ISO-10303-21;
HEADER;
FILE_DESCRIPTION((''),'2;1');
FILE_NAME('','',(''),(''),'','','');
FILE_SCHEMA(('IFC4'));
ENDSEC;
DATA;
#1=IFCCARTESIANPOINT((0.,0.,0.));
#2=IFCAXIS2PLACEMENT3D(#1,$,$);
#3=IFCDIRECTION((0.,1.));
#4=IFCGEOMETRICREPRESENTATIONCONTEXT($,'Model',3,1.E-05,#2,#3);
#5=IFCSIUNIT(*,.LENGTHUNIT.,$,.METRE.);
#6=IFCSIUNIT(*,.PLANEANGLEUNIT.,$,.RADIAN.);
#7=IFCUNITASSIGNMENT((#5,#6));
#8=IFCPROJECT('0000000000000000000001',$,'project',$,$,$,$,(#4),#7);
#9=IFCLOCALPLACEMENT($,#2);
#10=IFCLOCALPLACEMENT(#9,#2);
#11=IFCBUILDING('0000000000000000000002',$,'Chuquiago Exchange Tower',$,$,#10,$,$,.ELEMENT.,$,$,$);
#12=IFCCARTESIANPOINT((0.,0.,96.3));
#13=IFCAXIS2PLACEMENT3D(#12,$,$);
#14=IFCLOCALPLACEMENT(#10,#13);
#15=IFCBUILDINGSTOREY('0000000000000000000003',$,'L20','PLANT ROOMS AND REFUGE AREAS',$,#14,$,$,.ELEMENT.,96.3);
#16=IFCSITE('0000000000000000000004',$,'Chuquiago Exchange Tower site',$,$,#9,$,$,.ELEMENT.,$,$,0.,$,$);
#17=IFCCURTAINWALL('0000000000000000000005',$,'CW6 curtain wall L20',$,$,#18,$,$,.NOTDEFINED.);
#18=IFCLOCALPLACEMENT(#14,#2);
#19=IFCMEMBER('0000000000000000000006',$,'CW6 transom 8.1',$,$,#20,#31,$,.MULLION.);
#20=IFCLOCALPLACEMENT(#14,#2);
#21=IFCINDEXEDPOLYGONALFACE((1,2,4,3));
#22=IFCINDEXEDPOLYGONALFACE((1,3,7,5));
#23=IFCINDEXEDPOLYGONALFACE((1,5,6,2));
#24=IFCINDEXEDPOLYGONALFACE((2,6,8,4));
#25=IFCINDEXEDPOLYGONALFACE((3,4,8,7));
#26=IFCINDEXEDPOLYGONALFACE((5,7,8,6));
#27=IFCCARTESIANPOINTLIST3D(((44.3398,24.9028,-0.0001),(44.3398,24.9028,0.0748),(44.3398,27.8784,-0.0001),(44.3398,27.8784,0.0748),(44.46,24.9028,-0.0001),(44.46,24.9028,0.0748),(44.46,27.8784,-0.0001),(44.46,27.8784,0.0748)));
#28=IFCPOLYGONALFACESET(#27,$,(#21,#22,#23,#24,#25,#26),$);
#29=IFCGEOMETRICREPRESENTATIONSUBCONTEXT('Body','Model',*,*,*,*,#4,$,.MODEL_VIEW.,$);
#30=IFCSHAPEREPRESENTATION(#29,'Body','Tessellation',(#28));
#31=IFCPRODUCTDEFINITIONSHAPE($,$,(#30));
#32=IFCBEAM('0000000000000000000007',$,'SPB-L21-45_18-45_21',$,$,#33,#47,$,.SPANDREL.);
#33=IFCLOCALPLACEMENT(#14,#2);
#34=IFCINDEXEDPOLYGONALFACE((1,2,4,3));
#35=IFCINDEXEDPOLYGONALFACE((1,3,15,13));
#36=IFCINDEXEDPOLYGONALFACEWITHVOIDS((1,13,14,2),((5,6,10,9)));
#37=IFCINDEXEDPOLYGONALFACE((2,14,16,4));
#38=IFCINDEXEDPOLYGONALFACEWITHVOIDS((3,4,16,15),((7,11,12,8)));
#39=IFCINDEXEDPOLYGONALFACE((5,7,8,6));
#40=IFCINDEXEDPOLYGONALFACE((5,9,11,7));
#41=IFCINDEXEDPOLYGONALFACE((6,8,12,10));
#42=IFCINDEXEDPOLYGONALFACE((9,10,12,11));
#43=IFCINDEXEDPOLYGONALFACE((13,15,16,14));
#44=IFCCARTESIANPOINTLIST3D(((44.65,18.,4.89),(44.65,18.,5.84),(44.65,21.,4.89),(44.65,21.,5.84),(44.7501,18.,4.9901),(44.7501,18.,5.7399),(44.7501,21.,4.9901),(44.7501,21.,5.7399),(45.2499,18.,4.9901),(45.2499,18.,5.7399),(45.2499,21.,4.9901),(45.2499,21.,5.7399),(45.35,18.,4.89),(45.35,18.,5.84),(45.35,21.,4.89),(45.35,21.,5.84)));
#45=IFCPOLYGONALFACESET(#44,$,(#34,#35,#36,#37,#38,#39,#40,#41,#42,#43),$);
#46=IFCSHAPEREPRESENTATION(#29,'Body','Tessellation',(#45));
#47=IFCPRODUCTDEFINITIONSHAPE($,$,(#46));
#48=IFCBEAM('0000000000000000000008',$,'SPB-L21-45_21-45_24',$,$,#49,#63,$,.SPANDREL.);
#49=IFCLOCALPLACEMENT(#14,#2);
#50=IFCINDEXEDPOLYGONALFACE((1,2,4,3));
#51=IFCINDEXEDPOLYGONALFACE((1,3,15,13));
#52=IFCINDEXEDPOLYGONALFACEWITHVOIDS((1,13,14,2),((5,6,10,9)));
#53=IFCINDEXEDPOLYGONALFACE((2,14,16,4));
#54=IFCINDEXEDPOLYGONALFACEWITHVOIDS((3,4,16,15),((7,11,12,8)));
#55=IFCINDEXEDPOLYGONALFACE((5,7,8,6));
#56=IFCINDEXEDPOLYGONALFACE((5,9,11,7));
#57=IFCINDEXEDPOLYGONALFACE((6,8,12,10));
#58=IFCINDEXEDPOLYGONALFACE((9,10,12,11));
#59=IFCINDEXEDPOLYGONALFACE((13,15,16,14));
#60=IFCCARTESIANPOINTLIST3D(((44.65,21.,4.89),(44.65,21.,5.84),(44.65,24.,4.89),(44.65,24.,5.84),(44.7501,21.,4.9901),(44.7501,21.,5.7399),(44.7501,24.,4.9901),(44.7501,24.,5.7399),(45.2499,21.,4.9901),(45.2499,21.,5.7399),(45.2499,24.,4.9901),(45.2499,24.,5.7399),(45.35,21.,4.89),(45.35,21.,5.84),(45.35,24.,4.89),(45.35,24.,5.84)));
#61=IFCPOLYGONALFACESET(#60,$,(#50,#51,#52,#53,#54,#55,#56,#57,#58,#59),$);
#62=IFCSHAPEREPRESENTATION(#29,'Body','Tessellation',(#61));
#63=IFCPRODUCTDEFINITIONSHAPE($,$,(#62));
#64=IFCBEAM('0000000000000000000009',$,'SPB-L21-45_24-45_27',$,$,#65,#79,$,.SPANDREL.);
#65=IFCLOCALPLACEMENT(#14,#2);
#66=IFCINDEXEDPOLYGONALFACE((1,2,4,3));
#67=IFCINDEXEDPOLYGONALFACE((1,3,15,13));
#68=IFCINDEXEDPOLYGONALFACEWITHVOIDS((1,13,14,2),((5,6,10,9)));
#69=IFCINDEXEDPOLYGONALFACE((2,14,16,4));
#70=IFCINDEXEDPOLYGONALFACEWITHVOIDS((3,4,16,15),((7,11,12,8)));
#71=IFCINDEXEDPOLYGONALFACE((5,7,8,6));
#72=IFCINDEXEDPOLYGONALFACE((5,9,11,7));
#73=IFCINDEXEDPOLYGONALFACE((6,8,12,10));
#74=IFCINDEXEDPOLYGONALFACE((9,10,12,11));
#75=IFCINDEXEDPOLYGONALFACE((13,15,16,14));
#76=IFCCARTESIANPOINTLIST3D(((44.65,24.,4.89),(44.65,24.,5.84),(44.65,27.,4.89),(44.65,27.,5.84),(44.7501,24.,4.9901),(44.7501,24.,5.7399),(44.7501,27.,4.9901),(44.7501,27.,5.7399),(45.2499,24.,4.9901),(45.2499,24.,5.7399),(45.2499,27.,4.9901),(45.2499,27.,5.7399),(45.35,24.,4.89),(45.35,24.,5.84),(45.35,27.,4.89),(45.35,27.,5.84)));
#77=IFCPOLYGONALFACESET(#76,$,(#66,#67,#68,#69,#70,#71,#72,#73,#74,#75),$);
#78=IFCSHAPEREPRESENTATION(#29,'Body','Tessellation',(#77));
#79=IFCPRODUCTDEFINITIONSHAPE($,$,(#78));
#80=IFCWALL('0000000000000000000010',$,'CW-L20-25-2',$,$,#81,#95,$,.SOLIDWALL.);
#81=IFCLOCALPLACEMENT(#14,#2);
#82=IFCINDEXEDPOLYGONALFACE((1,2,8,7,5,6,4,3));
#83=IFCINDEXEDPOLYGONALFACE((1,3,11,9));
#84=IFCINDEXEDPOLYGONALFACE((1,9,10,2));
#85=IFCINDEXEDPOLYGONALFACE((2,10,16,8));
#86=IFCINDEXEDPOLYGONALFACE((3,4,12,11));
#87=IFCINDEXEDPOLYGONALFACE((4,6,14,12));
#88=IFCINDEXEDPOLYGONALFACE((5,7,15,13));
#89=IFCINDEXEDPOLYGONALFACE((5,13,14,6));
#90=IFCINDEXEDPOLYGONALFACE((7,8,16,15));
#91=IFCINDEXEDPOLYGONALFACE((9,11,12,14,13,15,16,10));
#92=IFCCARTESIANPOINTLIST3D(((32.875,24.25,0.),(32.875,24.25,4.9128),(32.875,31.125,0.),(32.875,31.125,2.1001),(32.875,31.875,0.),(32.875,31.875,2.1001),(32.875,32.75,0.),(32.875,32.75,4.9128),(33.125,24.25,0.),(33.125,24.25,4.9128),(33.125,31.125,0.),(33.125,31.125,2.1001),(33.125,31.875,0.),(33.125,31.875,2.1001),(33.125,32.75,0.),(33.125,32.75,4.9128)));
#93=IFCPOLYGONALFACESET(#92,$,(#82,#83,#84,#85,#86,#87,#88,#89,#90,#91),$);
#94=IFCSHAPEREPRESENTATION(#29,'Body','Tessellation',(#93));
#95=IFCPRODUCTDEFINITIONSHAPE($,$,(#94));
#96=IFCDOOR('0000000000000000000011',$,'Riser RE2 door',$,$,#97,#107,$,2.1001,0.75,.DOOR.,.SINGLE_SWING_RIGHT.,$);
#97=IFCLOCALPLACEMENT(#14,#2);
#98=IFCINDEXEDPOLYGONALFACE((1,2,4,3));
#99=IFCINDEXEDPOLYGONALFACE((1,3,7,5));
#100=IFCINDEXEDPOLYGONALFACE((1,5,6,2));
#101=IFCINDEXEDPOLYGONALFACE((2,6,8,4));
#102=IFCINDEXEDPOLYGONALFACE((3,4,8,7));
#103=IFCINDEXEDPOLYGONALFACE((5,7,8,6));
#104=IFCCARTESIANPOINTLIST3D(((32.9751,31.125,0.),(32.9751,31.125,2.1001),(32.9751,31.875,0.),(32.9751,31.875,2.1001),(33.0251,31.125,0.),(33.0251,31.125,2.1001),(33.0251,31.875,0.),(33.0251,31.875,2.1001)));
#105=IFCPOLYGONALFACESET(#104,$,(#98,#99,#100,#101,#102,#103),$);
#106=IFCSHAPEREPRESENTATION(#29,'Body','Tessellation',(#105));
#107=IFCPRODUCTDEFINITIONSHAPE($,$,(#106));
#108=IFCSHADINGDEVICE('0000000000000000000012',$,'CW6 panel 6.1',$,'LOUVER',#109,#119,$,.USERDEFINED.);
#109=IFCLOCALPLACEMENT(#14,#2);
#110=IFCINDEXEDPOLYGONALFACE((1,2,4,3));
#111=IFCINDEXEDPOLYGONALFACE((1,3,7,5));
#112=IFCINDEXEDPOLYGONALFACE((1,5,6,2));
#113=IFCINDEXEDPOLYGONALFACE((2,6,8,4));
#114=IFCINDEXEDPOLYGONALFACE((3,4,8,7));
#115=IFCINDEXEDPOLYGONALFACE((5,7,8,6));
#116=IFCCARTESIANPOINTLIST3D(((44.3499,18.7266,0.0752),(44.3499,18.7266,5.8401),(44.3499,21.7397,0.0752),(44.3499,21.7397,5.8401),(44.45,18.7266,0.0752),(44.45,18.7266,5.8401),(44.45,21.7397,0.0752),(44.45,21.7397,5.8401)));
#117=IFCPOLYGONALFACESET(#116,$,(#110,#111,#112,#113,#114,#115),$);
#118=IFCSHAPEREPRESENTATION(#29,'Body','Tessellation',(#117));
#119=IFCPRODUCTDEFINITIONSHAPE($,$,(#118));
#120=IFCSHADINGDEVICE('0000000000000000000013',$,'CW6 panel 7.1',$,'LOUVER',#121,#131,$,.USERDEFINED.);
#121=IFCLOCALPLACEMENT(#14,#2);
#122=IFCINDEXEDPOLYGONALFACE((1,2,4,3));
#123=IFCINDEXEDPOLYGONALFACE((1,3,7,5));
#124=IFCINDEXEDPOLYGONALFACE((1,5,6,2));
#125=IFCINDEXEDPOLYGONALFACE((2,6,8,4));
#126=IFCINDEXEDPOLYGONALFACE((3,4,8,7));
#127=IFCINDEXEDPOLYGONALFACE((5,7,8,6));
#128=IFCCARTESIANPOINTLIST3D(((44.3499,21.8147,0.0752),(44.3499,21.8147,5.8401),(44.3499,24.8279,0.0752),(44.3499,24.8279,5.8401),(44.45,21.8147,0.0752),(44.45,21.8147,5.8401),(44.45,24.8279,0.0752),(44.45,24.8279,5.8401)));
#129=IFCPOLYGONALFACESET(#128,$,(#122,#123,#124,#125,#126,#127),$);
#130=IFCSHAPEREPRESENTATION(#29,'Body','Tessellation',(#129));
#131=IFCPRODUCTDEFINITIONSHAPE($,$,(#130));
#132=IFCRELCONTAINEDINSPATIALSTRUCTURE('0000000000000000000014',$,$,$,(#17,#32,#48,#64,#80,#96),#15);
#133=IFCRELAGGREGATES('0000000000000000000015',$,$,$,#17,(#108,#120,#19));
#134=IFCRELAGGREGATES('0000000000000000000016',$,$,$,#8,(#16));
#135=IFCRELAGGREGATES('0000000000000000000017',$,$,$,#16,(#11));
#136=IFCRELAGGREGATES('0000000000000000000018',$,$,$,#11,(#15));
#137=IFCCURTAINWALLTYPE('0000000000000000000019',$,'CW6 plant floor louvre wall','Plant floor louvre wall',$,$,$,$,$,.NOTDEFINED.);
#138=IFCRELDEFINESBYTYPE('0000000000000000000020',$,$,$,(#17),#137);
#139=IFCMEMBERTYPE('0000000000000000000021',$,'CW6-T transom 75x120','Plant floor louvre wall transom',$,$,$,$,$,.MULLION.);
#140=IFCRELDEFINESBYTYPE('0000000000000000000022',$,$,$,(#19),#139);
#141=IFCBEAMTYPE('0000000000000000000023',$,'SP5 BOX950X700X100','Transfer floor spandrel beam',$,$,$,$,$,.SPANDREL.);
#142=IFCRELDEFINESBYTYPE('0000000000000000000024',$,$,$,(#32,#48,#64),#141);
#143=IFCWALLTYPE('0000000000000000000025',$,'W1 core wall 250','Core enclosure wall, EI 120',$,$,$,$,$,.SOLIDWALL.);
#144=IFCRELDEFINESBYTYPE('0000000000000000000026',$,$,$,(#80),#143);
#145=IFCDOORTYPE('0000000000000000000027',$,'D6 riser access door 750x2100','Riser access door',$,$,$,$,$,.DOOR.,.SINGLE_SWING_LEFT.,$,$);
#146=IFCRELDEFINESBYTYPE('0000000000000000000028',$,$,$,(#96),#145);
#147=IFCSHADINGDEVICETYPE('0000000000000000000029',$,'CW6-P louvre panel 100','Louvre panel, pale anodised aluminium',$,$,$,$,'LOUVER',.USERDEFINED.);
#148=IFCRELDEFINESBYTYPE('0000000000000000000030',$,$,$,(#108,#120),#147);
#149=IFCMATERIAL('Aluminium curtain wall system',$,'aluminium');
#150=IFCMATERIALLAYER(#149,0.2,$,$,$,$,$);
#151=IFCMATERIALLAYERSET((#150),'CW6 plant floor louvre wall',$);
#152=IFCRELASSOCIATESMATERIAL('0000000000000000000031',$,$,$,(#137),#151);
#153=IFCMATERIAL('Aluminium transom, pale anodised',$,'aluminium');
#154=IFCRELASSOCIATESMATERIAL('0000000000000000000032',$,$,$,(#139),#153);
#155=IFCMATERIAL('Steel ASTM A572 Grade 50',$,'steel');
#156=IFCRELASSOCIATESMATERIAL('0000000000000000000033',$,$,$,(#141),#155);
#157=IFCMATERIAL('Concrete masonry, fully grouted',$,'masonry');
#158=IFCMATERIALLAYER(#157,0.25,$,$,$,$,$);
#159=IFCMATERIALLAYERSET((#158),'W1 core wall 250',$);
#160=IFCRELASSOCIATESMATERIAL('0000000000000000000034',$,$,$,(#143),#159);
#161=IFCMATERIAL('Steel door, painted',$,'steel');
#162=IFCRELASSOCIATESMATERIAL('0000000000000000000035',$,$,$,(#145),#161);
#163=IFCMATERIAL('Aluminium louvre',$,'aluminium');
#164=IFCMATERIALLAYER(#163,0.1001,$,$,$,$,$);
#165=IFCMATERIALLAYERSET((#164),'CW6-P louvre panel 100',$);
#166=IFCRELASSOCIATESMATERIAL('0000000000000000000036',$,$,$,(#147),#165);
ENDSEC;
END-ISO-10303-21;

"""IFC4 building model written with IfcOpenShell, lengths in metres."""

from ifc_helpers import new_model, si_unit, direction, frame, frame_2d, origin, origin_2d, place, context, subcontext, project, spatial, rectangle, hollow_rectangle, extrude, material, layer, layer_set, material_profile, profile_set, type_object, element, fill, aggregate, save


model = new_model("IFC4")

# Units and contexts
model_context = context("Model", 3, precision=1e-05, world=origin(), true_north=direction((0.0, 1.0)))
body_context = subcontext(model_context, "Body", "Model", "MODEL_VIEW")
ifc_project = project(units=[si_unit("LENGTHUNIT", "METRE"), si_unit("PLANEANGLEUNIT", "RADIAN")], contexts=[model_context])

# Site, building, storey
site_placement = place(None, origin())
site = spatial("IfcSite", under=ifc_project, at=site_placement, Name="Chuquiago Exchange Tower site", CompositionType="ELEMENT", RefElevation=0.0)
building_placement = place(site_placement, origin())
building = spatial("IfcBuilding", under=site, at=building_placement, Name="Chuquiago Exchange Tower", CompositionType="ELEMENT")
storey_placement = place(building_placement, frame((0.0, 0.0, 96.3)))
storey = spatial("IfcBuildingStorey", under=building, at=storey_placement, Name="L20", Description="PLANT ROOMS AND REFUGE AREAS", CompositionType="ELEMENT", Elevation=96.3)

# Curtain wall, member
ifc_material_1 = material(Name="Aluminium curtain wall system", Category="aluminium")
ifc_layer_1 = layer(ifc_material_1, 0.2)
ifc_layer_set_1 = layer_set([ifc_layer_1], Name="CW6 plant floor louvre wall")
curtain_wall_type = type_object("IfcCurtainWallType", Name="CW6 plant floor louvre wall", Description="Plant floor louvre wall", PredefinedType="NOTDEFINED", material=ifc_layer_set_1)
curtain_wall_placement = place(storey_placement, origin())
curtain_wall = element("IfcCurtainWall", 1, at=curtain_wall_placement, inside=storey, type_object=curtain_wall_type, Name="CW6 curtain wall L20", PredefinedType="NOTDEFINED")
ifc_material_2 = material(Name="Aluminium transom, pale anodised", Category="aluminium")
ifc_material_profile_1 = material_profile(ifc_material_2, rectangle(XDim=0.1201, YDim=0.075, at=origin_2d()), Name="AL 120x75")
ifc_profile_set_1 = profile_set([ifc_material_profile_1], Name="Aluminium transom, pale anodised")
member_type_1 = type_object("IfcMemberType", Name="CW6-T transom 75x120", Description="Plant floor louvre wall transom", PredefinedType="MULLION", material=ifc_profile_set_1)
member_1_placement = place(storey_placement, frame((44.3999, 24.9028, 0.0374), z_axis=(0.0, 1.0, 0.0), x_axis=(-1.0, 0.0, 0.0)))
member_1 = element("IfcMember", 2, at=member_1_placement, type_object=member_type_1, Name="CW6 transom 8.1", PredefinedType="MULLION", context=body_context, shape_type="SweptSolid", body=[
    extrude(rectangle(XDim=0.1201, YDim=0.075, at=origin_2d()), origin(), (0.0, 0.0, 1.0), 2.9756),
])

# Beams
ifc_material_3 = material(Name="Steel ASTM A572 Grade 50", Category="steel")
ifc_material_profile_2 = material_profile(ifc_material_3, hollow_rectangle(XDim=0.7, YDim=0.95, WallThickness=0.1001, at=origin_2d()), Name="BOX950X700X100")
ifc_profile_set_2 = profile_set([ifc_material_profile_2], Name="Steel ASTM A572 Grade 50")
beam_type_1 = type_object("IfcBeamType", Name="SP5 BOX950X700X100", Description="Transfer floor spandrel beam", PredefinedType="SPANDREL", material=ifc_profile_set_2)
for number, where, z_axis, x_axis, name in (
    (3, (45.0, 18.0, 5.365), (0.0, 1.0, 0.0), (-1.0, 0.0, 0.0), "SPB-L21-45_18-45_21"),
    (4, (45.0, 21.0, 5.365), (0.0, 1.0, 0.0), (-1.0, 0.0, 0.0), "SPB-L21-45_21-45_24"),
    (5, (45.0, 24.0, 5.365), (0.0, 1.0, 0.0), (-1.0, 0.0, 0.0), "SPB-L21-45_24-45_27"),
):
    element("IfcBeam", number, at=place(storey_placement, frame(where, z_axis=z_axis, x_axis=x_axis)), inside=storey, type_object=beam_type_1, Name=name, PredefinedType="SPANDREL", context=body_context, shape_type="SweptSolid", body=[
        extrude(hollow_rectangle(XDim=0.7, YDim=0.95, WallThickness=0.1001, at=origin_2d()), origin(), (0.0, 0.0, 1.0), 3.0),
    ])

# Wall, opening, door
ifc_material_4 = material(Name="Concrete masonry, fully grouted", Category="masonry")
ifc_layer_2 = layer(ifc_material_4, 0.25)
ifc_layer_set_2 = layer_set([ifc_layer_2], Name="W1 core wall 250")
wall_type = type_object("IfcWallType", Name="W1 core wall 250", Description="Core enclosure wall, EI 120", PredefinedType="SOLIDWALL", material=ifc_layer_set_2)
wall_placement = place(storey_placement, frame((33.0, 24.25, 0.0), z_axis=(0.0, 0.0, 1.0), x_axis=(0.0, 1.0, 0.0)))
wall = element("IfcWall", 6, at=wall_placement, inside=storey, type_object=wall_type, Name="CW-L20-25-2", PredefinedType="SOLIDWALL", context=body_context, shape_type="SweptSolid", body=[
    extrude(rectangle(XDim=8.5, YDim=0.25, at=frame_2d((4.25, 0.0))), origin(), (0.0, 0.0, 1.0), 4.9128),
])
opening_placement = place(wall_placement, frame((6.875, 0.0, 0.0)))
opening = element("IfcOpeningElement", 7, at=opening_placement, cuts=wall, PredefinedType="OPENING", context=body_context, shape_type="SweptSolid", body=[
    extrude(rectangle(XDim=0.75, YDim=2.1001, at=frame_2d((0.375, 1.05))), frame((0.0, 0.135, 0.0), z_axis=(0.0, -1.0, 0.0), x_axis=(1.0, 0.0, 0.0)), (0.0, 0.0, 1.0), 0.27),
])
ifc_material_5 = material(Name="Steel door, painted", Category="steel")
door_type = type_object("IfcDoorType", Name="D6 riser access door 750x2100", Description="Riser access door", OperationType="SINGLE_SWING_LEFT", PredefinedType="DOOR", material=ifc_material_5)
door_placement = place(opening_placement, origin())
door = element("IfcDoor", 8, at=door_placement, inside=storey, type_object=door_type, Name="Riser RE2 door", OperationType="SINGLE_SWING_RIGHT", OverallHeight=2.1001, OverallWidth=0.75, PredefinedType="DOOR", context=body_context, shape_type="SweptSolid", body=[
    extrude(rectangle(XDim=0.75, YDim=2.1001, at=frame_2d((0.375, 1.05))), frame((0.0, 0.0249, 0.0), z_axis=(0.0, -1.0, 0.0), x_axis=(1.0, 0.0, 0.0)), (0.0, 0.0, 1.0), 0.05),
])
fill(opening, door)

# Shading devices
ifc_material_6 = material(Name="Aluminium louvre", Category="aluminium")
ifc_layer_3 = layer(ifc_material_6, 0.1001)
ifc_layer_set_3 = layer_set([ifc_layer_3], Name="CW6-P louvre panel 100")
shading_device_type = type_object("IfcShadingDeviceType", Name="CW6-P louvre panel 100", Description="Louvre panel, pale anodised aluminium", ElementType="LOUVER", PredefinedType="USERDEFINED", material=ifc_layer_set_3)
shading_device_1_placement = place(storey_placement, frame((44.3999, 20.2332, 0.0752), z_axis=(0.0, 0.0, 1.0), x_axis=(0.0, 1.0, 0.0)))
shading_device_1 = element("IfcShadingDevice", 9, at=shading_device_1_placement, type_object=shading_device_type, Name="CW6 panel 6.1", ObjectType="LOUVER", PredefinedType="USERDEFINED", context=body_context, shape_type="SweptSolid", body=[
    extrude(rectangle(XDim=3.0132, YDim=0.1001, at=origin_2d()), origin(), (0.0, 0.0, 1.0), 5.7649),
])
shading_device_2_placement = place(storey_placement, frame((44.3999, 23.3213, 0.0752), z_axis=(0.0, 0.0, 1.0), x_axis=(0.0, 1.0, 0.0)))
shading_device_2 = element("IfcShadingDevice", 10, at=shading_device_2_placement, type_object=shading_device_type, Name="CW6 panel 7.1", ObjectType="LOUVER", PredefinedType="USERDEFINED", context=body_context, shape_type="SweptSolid", body=[
    extrude(rectangle(XDim=3.0132, YDim=0.1001, at=origin_2d()), origin(), (0.0, 0.0, 1.0), 5.7649),
])
aggregate(curtain_wall, [shading_device_1, shading_device_2, member_1])

save(model, "model.ifc")
